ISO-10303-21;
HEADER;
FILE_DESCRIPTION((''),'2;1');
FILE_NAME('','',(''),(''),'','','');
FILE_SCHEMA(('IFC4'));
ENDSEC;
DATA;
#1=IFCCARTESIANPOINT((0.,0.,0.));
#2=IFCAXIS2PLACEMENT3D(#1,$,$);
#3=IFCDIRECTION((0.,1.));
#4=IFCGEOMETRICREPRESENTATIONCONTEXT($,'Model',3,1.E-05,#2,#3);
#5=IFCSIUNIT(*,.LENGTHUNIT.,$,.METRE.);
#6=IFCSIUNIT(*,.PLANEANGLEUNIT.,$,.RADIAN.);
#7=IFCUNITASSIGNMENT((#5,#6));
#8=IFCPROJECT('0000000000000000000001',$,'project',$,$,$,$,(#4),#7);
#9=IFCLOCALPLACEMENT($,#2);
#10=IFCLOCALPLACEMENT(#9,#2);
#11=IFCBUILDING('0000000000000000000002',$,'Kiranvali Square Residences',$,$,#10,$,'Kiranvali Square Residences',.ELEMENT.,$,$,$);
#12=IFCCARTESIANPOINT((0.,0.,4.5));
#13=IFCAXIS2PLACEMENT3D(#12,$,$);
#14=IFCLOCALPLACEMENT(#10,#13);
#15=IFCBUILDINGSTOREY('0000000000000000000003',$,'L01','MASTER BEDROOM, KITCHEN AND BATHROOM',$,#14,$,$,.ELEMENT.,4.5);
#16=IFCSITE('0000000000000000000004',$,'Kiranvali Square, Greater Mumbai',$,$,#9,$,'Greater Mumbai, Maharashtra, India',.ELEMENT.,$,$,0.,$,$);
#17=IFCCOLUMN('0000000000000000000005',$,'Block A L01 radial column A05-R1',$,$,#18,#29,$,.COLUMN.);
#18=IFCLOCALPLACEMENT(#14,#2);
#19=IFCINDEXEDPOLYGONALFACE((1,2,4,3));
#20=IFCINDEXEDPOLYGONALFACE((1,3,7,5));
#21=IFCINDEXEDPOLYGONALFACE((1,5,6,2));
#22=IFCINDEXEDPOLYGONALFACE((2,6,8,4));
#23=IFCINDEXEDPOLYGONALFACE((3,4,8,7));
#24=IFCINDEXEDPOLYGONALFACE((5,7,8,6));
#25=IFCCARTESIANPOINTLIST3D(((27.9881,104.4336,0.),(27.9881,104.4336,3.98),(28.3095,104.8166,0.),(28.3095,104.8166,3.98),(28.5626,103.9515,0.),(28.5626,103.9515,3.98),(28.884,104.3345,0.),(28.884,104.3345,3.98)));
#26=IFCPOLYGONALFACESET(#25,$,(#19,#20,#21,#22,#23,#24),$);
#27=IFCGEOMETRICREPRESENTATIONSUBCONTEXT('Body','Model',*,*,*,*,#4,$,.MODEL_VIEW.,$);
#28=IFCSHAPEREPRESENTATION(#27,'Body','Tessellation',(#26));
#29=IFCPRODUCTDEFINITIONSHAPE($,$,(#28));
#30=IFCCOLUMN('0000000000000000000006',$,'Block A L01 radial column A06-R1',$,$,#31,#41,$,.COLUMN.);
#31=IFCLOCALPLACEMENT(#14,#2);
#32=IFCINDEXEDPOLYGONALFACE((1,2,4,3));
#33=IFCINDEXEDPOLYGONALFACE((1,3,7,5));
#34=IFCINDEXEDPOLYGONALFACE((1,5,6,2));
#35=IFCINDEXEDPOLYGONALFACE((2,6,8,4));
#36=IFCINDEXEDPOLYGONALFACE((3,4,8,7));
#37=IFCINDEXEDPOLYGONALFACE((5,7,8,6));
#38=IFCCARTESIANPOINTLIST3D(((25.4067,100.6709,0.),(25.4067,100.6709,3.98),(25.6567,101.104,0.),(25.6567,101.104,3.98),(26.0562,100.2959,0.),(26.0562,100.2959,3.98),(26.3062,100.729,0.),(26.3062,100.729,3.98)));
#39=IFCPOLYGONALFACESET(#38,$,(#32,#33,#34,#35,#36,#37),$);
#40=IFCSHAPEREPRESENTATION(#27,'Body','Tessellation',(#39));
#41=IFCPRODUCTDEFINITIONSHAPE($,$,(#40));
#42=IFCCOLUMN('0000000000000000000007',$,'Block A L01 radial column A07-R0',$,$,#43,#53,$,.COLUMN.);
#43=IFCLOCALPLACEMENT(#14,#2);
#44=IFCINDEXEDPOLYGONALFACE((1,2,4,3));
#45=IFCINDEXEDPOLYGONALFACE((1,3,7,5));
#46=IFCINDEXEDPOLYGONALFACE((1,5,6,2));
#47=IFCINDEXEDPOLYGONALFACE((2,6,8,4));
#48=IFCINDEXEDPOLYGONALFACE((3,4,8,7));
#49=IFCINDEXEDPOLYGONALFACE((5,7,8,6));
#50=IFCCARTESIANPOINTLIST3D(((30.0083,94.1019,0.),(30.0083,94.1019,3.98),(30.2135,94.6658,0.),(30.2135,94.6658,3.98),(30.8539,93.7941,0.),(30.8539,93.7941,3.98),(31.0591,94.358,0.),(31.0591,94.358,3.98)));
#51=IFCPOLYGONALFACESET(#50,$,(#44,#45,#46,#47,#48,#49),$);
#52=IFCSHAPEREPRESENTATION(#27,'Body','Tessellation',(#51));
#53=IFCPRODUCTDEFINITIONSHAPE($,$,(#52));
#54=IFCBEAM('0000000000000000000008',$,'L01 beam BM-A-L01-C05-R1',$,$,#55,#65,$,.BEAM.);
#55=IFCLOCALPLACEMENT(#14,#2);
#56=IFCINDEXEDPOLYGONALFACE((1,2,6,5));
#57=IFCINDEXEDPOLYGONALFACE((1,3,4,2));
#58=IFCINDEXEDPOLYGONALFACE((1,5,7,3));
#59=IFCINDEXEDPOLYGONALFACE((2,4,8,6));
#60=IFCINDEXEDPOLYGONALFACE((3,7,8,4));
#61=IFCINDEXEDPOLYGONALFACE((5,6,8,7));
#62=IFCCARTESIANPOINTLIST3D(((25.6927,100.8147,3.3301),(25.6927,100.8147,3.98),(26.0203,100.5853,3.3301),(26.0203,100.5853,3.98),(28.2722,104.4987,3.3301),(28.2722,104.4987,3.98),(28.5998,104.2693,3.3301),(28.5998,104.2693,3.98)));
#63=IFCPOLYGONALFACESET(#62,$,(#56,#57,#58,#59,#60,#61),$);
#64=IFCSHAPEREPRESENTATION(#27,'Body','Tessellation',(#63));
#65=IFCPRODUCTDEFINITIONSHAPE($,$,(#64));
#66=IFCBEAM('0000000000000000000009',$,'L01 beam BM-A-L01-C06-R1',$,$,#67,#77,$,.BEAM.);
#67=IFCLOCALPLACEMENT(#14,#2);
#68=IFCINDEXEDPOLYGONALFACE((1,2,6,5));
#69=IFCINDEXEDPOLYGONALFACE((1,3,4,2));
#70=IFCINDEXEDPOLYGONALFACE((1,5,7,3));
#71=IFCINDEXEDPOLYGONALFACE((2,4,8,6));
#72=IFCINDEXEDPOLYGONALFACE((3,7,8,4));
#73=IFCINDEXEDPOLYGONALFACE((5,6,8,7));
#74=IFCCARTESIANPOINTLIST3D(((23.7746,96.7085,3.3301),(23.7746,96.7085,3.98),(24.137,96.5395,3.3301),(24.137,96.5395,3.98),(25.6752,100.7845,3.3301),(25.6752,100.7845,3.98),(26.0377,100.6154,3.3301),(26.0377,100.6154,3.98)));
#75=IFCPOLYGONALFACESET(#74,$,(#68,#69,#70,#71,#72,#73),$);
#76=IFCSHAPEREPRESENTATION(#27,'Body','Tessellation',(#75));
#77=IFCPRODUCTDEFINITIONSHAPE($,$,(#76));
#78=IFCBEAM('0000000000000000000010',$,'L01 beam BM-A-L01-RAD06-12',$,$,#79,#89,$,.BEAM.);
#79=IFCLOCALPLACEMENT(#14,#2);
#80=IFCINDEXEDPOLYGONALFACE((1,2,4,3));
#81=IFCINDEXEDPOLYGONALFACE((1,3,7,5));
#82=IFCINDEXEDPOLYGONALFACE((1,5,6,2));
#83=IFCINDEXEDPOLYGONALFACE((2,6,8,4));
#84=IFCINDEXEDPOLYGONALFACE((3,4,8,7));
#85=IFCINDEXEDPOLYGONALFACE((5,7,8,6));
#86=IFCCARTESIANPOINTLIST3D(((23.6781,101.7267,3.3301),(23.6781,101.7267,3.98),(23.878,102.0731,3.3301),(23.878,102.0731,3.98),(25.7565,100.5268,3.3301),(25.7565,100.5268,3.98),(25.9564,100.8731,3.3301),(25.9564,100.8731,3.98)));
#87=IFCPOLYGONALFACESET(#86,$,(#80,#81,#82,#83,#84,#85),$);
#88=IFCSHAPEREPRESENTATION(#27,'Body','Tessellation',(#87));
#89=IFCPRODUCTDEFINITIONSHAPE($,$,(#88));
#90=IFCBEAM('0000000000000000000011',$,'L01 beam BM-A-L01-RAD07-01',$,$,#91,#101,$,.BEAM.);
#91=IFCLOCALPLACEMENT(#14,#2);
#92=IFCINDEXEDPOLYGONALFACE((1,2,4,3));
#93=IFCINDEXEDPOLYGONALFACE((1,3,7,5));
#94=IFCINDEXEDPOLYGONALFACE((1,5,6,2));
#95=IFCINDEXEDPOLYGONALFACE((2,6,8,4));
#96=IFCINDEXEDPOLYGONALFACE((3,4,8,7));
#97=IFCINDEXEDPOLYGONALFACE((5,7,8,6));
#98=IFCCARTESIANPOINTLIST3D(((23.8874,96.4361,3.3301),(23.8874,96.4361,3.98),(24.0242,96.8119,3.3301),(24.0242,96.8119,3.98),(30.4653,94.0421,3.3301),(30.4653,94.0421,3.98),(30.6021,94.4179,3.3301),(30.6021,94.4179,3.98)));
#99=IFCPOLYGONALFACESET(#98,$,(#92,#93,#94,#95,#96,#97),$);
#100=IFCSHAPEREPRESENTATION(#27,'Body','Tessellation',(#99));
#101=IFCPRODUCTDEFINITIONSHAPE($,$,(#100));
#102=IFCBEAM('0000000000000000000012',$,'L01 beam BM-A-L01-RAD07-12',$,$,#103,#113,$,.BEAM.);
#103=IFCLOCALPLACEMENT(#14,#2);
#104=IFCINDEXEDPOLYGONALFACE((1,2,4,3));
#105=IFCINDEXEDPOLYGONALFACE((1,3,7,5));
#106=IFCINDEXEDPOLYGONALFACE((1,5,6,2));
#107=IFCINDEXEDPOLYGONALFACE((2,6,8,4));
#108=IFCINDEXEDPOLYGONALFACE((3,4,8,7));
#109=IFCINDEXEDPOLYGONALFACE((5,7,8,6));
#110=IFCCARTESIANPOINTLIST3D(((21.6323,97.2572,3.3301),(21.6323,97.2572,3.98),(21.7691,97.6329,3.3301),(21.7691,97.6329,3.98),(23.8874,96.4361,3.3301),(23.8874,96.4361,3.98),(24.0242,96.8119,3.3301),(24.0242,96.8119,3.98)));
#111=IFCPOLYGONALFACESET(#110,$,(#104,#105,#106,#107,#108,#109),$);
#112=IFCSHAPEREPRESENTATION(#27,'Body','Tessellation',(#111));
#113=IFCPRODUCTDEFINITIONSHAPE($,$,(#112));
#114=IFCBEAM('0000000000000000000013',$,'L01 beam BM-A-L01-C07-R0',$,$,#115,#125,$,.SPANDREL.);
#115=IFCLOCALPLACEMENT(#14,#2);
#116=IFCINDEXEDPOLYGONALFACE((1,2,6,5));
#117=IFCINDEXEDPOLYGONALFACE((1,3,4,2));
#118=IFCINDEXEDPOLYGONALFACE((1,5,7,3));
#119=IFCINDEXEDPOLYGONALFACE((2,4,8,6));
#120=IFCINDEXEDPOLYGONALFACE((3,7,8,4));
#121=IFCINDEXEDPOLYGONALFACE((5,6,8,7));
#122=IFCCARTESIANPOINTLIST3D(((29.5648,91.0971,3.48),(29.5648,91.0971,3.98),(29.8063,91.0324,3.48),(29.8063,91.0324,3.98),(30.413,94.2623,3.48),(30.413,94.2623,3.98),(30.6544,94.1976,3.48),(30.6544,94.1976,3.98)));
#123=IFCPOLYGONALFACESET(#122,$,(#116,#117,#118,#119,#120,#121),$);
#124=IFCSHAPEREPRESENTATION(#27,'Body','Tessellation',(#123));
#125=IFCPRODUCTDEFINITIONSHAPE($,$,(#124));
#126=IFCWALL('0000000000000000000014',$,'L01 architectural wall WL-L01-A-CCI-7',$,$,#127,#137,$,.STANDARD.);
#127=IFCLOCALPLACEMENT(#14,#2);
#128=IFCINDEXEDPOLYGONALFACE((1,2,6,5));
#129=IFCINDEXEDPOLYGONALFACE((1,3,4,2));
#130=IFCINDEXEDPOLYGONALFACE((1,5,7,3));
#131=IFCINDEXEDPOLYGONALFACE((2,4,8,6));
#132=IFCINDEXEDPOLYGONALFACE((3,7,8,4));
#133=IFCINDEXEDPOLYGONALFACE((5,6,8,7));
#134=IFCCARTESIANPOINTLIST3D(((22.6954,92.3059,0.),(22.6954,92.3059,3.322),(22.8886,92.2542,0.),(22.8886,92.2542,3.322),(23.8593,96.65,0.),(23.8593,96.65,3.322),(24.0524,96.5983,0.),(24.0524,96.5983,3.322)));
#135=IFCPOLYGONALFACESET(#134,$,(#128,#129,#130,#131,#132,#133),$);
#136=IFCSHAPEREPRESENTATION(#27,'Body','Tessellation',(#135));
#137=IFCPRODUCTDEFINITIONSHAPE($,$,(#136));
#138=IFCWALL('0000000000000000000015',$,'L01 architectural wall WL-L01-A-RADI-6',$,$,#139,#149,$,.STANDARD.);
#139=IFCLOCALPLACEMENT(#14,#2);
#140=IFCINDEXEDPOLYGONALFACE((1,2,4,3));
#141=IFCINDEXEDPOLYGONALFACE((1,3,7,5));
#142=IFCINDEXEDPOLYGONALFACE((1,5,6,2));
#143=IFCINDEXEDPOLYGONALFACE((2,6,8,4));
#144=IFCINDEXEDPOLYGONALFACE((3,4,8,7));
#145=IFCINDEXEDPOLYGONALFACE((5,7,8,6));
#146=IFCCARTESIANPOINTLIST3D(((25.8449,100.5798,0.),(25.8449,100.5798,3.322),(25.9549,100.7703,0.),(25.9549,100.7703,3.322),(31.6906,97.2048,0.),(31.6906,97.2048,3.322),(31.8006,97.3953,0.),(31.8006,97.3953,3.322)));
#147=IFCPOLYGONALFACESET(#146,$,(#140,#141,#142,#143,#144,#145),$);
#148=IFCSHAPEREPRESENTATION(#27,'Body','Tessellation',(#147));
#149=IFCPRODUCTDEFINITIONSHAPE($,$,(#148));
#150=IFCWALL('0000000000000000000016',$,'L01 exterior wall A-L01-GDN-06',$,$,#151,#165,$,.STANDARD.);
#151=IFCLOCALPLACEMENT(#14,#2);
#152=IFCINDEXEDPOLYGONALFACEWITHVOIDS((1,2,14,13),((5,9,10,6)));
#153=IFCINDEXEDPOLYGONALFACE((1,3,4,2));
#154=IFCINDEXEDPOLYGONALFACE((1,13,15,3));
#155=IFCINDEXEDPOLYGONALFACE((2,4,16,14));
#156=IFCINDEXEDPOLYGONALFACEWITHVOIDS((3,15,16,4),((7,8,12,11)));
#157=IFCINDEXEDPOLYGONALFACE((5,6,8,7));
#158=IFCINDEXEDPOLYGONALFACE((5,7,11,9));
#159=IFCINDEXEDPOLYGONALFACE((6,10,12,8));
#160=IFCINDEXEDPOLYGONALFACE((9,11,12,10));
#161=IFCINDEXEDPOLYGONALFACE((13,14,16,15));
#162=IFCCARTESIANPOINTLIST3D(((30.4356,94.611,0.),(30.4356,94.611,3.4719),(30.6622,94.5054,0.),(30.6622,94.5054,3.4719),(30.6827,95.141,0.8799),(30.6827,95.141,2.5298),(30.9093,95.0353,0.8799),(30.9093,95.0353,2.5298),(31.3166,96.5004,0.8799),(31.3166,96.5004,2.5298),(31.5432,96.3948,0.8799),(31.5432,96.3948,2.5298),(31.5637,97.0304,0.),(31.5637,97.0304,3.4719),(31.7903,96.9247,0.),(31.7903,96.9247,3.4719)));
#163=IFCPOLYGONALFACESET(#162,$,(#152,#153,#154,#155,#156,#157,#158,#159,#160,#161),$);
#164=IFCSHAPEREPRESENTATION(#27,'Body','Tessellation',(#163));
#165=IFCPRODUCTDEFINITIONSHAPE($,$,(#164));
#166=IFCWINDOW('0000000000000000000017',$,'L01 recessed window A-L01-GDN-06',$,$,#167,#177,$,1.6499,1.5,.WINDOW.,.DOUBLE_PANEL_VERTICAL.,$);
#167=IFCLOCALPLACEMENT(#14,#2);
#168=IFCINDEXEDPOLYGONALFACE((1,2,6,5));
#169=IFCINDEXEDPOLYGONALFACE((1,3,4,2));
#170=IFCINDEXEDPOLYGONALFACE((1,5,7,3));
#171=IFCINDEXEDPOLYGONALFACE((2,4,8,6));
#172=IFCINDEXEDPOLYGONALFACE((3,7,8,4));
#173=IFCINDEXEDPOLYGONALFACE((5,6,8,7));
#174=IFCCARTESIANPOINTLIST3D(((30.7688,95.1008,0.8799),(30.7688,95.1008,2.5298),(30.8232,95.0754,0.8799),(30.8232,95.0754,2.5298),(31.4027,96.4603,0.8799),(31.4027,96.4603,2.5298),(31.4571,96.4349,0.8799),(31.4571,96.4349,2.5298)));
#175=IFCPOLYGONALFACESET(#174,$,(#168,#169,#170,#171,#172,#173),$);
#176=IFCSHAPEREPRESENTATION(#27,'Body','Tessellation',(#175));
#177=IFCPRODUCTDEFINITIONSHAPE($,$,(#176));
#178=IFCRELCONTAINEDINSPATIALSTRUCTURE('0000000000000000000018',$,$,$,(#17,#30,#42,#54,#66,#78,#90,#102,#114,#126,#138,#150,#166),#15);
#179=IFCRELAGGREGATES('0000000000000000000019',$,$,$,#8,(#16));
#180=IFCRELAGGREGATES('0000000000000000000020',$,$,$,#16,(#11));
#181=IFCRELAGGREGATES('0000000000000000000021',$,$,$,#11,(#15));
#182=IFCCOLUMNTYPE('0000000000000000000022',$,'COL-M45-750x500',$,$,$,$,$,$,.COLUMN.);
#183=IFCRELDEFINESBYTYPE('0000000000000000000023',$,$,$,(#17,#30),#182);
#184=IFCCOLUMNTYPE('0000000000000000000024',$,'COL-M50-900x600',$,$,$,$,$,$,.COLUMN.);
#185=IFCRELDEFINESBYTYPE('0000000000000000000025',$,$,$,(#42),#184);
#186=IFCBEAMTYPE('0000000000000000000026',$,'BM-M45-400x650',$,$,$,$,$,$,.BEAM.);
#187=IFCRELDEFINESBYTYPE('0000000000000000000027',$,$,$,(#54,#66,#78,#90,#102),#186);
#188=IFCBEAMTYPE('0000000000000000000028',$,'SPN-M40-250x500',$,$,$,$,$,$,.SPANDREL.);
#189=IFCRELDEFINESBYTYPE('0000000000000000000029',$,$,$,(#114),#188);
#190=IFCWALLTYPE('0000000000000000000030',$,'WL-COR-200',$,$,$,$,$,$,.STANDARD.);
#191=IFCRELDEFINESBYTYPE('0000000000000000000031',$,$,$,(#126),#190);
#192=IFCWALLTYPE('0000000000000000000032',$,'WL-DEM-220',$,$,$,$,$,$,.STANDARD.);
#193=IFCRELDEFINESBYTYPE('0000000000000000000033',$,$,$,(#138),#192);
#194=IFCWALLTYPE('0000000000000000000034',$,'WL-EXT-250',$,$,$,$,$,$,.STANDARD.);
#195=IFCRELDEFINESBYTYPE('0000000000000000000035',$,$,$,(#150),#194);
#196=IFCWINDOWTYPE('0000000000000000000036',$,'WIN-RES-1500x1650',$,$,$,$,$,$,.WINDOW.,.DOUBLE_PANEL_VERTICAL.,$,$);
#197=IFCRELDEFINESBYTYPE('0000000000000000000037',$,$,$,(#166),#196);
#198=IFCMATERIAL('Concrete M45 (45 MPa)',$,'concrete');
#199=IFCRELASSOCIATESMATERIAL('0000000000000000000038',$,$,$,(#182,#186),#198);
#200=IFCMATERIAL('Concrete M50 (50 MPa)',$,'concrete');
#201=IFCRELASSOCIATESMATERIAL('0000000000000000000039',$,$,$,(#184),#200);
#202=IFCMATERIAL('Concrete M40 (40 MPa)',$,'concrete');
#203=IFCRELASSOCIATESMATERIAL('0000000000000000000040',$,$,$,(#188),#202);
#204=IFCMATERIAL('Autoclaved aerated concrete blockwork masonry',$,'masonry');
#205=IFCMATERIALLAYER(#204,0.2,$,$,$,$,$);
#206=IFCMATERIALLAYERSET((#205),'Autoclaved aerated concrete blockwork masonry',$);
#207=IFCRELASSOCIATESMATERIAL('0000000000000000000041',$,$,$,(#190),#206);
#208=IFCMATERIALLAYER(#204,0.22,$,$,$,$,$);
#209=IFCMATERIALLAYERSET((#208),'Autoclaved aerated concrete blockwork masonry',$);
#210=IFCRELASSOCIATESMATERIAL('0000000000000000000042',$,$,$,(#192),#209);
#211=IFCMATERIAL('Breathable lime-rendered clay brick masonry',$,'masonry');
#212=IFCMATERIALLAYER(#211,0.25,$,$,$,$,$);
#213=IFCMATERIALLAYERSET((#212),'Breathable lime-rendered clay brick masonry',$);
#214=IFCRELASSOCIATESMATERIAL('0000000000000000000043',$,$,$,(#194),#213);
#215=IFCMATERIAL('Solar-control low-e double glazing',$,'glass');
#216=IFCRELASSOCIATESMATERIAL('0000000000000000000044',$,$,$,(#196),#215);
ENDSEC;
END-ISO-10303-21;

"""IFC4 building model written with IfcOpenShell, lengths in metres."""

from ifc_helpers import new_model, si_unit, direction, frame, frame_2d, origin, origin_2d, place, context, subcontext, project, spatial, rectangle, extrude, material, layer, layer_set, material_profile, profile_set, type_object, element, fill, save


model = new_model("IFC4")

# Units and contexts
model_context = context("Model", 3, precision=1e-05, world=origin(), true_north=direction((0.0, 1.0)))
body_context = subcontext(model_context, "Body", "Model", "MODEL_VIEW")
ifc_project = project(units=[si_unit("LENGTHUNIT", "METRE"), si_unit("PLANEANGLEUNIT", "RADIAN")], contexts=[model_context])

# Site, building, storey
site_placement = place(None, origin())
site = spatial("IfcSite", under=ifc_project, at=site_placement, Name="Kiranvali Square, Greater Mumbai", LongName="Greater Mumbai, Maharashtra, India", CompositionType="ELEMENT", RefElevation=0.0)
building_placement = place(site_placement, origin())
building = spatial("IfcBuilding", under=site, at=building_placement, Name="Kiranvali Square Residences", LongName="Kiranvali Square Residences", CompositionType="ELEMENT")
storey_placement = place(building_placement, frame((0.0, 0.0, 4.5)))
storey = spatial("IfcBuildingStorey", under=building, at=storey_placement, Name="L01", Description="MASTER BEDROOM, KITCHEN AND BATHROOM", CompositionType="ELEMENT", Elevation=4.5)

# Columns
ifc_material_1 = material(Name="Concrete M45 (45 MPa)", Category="concrete")
ifc_material_profile_1 = material_profile(ifc_material_1, rectangle(XDim=0.5, YDim=0.75, at=origin_2d()), Name="RC 750x500")
ifc_profile_set_1 = profile_set([ifc_material_profile_1], Name="Concrete M45 (45 MPa)")
column_type_1 = type_object("IfcColumnType", Name="COL-M45-750x500", PredefinedType="COLUMN", material=ifc_profile_set_1)
for number, where, z_axis, x_axis, name in (
    (1, (28.436, 104.384, 0.0), (0.0, 0.0, 1.0), (0.642788, 0.766044, 0.0), "Block A L01 radial column A05-R1"),
    (2, (25.8564, 100.7, 0.0), (0.0, 0.0, 1.0), (0.5, 0.866025, 0.0), "Block A L01 radial column A06-R1"),
):
    element("IfcColumn", number, at=place(storey_placement, frame(where, z_axis=z_axis, x_axis=x_axis)), inside=storey, type_object=column_type_1, Name=name, PredefinedType="COLUMN", context=body_context, shape_type="SweptSolid", body=[
        extrude(rectangle(XDim=0.5, YDim=0.75, at=origin_2d()), origin(), (0.0, 0.0, 1.0), 3.98),
    ])
ifc_material_2 = material(Name="Concrete M50 (50 MPa)", Category="concrete")
ifc_material_profile_2 = material_profile(ifc_material_2, rectangle(XDim=0.6001, YDim=0.8999, at=origin_2d()), Name="RC 900x600")
ifc_profile_set_2 = profile_set([ifc_material_profile_2], Name="Concrete M50 (50 MPa)")
column_type_2 = type_object("IfcColumnType", Name="COL-M50-900x600", PredefinedType="COLUMN", material=ifc_profile_set_2)
column_placement = place(storey_placement, frame((30.5337, 94.23, 0.0), z_axis=(0.0, 0.0, 1.0), x_axis=(0.34202, 0.939693, 0.0)))
element("IfcColumn", 3, at=column_placement, inside=storey, type_object=column_type_2, Name="Block A L01 radial column A07-R0", PredefinedType="COLUMN", context=body_context, shape_type="SweptSolid", body=[
    extrude(rectangle(XDim=0.6001, YDim=0.8999, at=origin_2d()), origin(), (0.0, 0.0, 1.0), 3.98),
])

# Beams
ifc_material_profile_3 = material_profile(ifc_material_1, rectangle(XDim=0.3999, YDim=0.6499, at=origin_2d()), Name="RC 400x650")
ifc_profile_set_3 = profile_set([ifc_material_profile_3], Name="Concrete M45 (45 MPa)")
beam_type_1 = type_object("IfcBeamType", Name="BM-M45-400x650", PredefinedType="BEAM", material=ifc_profile_set_3)
for number, where, z_axis, x_axis, name in (
    (4, (28.436, 104.384, 3.655), (-0.573572, -0.819155, 0.0), (0.819155, -0.573572, 0.0), "L01 beam BM-A-L01-C05-R1"),
    (5, (25.8564, 100.7, 3.655), (-0.422618, -0.906308, 0.0), (0.906308, -0.422618, 0.0), "L01 beam BM-A-L01-C06-R1"),
):
    element("IfcBeam", number, at=place(storey_placement, frame(where, z_axis=z_axis, x_axis=x_axis)), inside=storey, type_object=beam_type_1, Name=name, PredefinedType="BEAM", context=body_context, shape_type="SweptSolid", body=[
        extrude(rectangle(XDim=0.3999, YDim=0.6499, at=origin_2d()), origin(), (0.0, 0.0, 1.0), 4.4973),
    ])
beam_1_placement = place(storey_placement, frame((25.8564, 100.7, 3.655), z_axis=(-0.866025, 0.500001, 0.0), x_axis=(-0.500001, -0.866025, 0.0)))
element("IfcBeam", 6, at=beam_1_placement, inside=storey, type_object=beam_type_1, Name="L01 beam BM-A-L01-RAD06-12", PredefinedType="BEAM", context=body_context, shape_type="SweptSolid", body=[
    extrude(rectangle(XDim=0.3999, YDim=0.6499, at=origin_2d()), origin(), (0.0, 0.0, 1.0), 2.3999),
])
beam_2_placement = place(storey_placement, frame((30.5337, 94.23, 3.655), z_axis=(-0.939698, 0.342006, 0.0), x_axis=(-0.342006, -0.939698, 0.0)))
element("IfcBeam", 7, at=beam_2_placement, inside=storey, type_object=beam_type_1, Name="L01 beam BM-A-L01-RAD07-01", PredefinedType="BEAM", context=body_context, shape_type="SweptSolid", body=[
    extrude(rectangle(XDim=0.3999, YDim=0.6499, at=origin_2d()), origin(), (0.0, 0.0, 1.0), 7.0),
])
beam_3_placement = place(storey_placement, frame((23.9558, 96.624, 3.655), z_axis=(-0.93966, 0.342111, 0.0), x_axis=(-0.342111, -0.93966, 0.0)))
element("IfcBeam", 8, at=beam_3_placement, inside=storey, type_object=beam_type_1, Name="L01 beam BM-A-L01-RAD07-12", PredefinedType="BEAM", context=body_context, shape_type="SweptSolid", body=[
    extrude(rectangle(XDim=0.3999, YDim=0.6499, at=origin_2d()), origin(), (0.0, 0.0, 1.0), 2.3999),
])
ifc_material_3 = material(Name="Concrete M40 (40 MPa)", Category="concrete")
ifc_material_profile_4 = material_profile(ifc_material_3, rectangle(XDim=0.25, YDim=0.5, at=origin_2d()), Name="RC 250x500")
ifc_profile_set_4 = profile_set([ifc_material_profile_4], Name="Concrete M40 (40 MPa)")
beam_type_2 = type_object("IfcBeamType", Name="SPN-M40-250x500", PredefinedType="SPANDREL", material=ifc_profile_set_4)
beam_4_placement = place(storey_placement, frame((30.5337, 94.23, 3.73), z_axis=(-0.258822, -0.965925, 0.0), x_axis=(0.965925, -0.258822, 0.0)))
element("IfcBeam", 9, at=beam_4_placement, inside=storey, type_object=beam_type_2, Name="L01 beam BM-A-L01-C07-R0", PredefinedType="SPANDREL", context=body_context, shape_type="SweptSolid", body=[
    extrude(rectangle(XDim=0.25, YDim=0.5, at=origin_2d()), origin(), (0.0, 0.0, 1.0), 3.2769),
])

# Shared definitions
ifc_material_4 = material(Name="Autoclaved aerated concrete blockwork masonry", Category="masonry")
ifc_layer_1 = layer(ifc_material_4, 0.2)
ifc_layer_set_1 = layer_set([ifc_layer_1], Name="Autoclaved aerated concrete blockwork masonry")
wall_type_1 = type_object("IfcWallType", Name="WL-COR-200", PredefinedType="STANDARD", material=ifc_layer_set_1)

# Walls
wall_1_placement = place(storey_placement, frame((23.9558, 96.624, 0.0), z_axis=(0.0, 0.0, 1.0), x_axis=(-0.258788, -0.965934, 0.0)))
element("IfcWall", 10, at=wall_1_placement, inside=storey, type_object=wall_type_1, Name="L01 architectural wall WL-L01-A-CCI-7", PredefinedType="STANDARD", context=body_context, shape_type="SweptSolid", body=[
    extrude(rectangle(XDim=4.4973, YDim=0.2, at=frame_2d((2.2485, 0.0))), origin(), (0.0, 0.0, 1.0), 3.322),
])
ifc_layer_2 = layer(ifc_material_4, 0.22)
ifc_layer_set_2 = layer_set([ifc_layer_2], Name="Autoclaved aerated concrete blockwork masonry")
wall_type_2 = type_object("IfcWallType", Name="WL-DEM-220", PredefinedType="STANDARD", material=ifc_layer_set_2)
wall_2_placement = place(storey_placement, frame((31.7456, 97.3, 0.0), z_axis=(0.0, 0.0, 1.0), x_axis=(-0.866027, 0.499998, 0.0)))
element("IfcWall", 11, at=wall_2_placement, inside=storey, type_object=wall_type_2, Name="L01 architectural wall WL-L01-A-RADI-6", PredefinedType="STANDARD", context=body_context, shape_type="SweptSolid", body=[
    extrude(rectangle(XDim=6.75, YDim=0.22, at=frame_2d((3.375, 0.0))), origin(), (0.0, 0.0, 1.0), 3.322),
])

# Wall, opening, window
ifc_material_5 = material(Name="Breathable lime-rendered clay brick masonry", Category="masonry")
ifc_layer_3 = layer(ifc_material_5, 0.25)
ifc_layer_set_3 = layer_set([ifc_layer_3], Name="Breathable lime-rendered clay brick masonry")
wall_type_3 = type_object("IfcWallType", Name="WL-EXT-250", PredefinedType="STANDARD", material=ifc_layer_set_3)
wall_3_placement = place(storey_placement, frame((31.677, 96.9775, 0.0), z_axis=(0.0, 0.0, 1.0), x_axis=(-0.42261, -0.906312, 0.0)))
wall_3 = element("IfcWall", 12, at=wall_3_placement, inside=storey, type_object=wall_type_3, Name="L01 exterior wall A-L01-GDN-06", PredefinedType="STANDARD", context=body_context, shape_type="SweptSolid", body=[
    extrude(rectangle(XDim=2.6694, YDim=0.25, at=frame_2d((1.3347, 0.0))), origin(), (0.0, 0.0, 1.0), 3.4719),
])
opening_1_placement = place(wall_3_placement, frame((0.5847, 0.0, 0.8799)))
opening_1 = element("IfcOpeningElement", 13, at=opening_1_placement, cuts=wall_3, PredefinedType="OPENING", context=body_context, shape_type="SweptSolid", body=[
    extrude(rectangle(XDim=1.5, YDim=1.6499, at=frame_2d((0.75, 0.825))), frame((0.0, 0.135, 0.0), z_axis=(0.0, -1.0, 0.0), x_axis=(1.0, 0.0, 0.0)), (0.0, 0.0, 1.0), 0.27),
])
ifc_material_6 = material(Name="Solar-control low-e double glazing", Category="glass")
window_type_1 = type_object("IfcWindowType", Name="WIN-RES-1500x1650", PartitioningType="DOUBLE_PANEL_VERTICAL", PredefinedType="WINDOW", material=ifc_material_6)
window_1_placement = place(opening_1_placement, origin())
window_1 = element("IfcWindow", 14, at=window_1_placement, inside=storey, type_object=window_type_1, Name="L01 recessed window A-L01-GDN-06", OverallHeight=1.6499, OverallWidth=1.5, PartitioningType="DOUBLE_PANEL_VERTICAL", PredefinedType="WINDOW", context=body_context, shape_type="SweptSolid", body=[
    extrude(rectangle(XDim=1.5, YDim=1.6499, at=frame_2d((0.75, 0.825))), frame((0.0, 0.03, 0.0), z_axis=(0.0, -1.0, 0.0), x_axis=(1.0, 0.0, 0.0)), (0.0, 0.0, 1.0), 0.0601),
])
fill(opening_1, window_1)

save(model, "model.ifc")
